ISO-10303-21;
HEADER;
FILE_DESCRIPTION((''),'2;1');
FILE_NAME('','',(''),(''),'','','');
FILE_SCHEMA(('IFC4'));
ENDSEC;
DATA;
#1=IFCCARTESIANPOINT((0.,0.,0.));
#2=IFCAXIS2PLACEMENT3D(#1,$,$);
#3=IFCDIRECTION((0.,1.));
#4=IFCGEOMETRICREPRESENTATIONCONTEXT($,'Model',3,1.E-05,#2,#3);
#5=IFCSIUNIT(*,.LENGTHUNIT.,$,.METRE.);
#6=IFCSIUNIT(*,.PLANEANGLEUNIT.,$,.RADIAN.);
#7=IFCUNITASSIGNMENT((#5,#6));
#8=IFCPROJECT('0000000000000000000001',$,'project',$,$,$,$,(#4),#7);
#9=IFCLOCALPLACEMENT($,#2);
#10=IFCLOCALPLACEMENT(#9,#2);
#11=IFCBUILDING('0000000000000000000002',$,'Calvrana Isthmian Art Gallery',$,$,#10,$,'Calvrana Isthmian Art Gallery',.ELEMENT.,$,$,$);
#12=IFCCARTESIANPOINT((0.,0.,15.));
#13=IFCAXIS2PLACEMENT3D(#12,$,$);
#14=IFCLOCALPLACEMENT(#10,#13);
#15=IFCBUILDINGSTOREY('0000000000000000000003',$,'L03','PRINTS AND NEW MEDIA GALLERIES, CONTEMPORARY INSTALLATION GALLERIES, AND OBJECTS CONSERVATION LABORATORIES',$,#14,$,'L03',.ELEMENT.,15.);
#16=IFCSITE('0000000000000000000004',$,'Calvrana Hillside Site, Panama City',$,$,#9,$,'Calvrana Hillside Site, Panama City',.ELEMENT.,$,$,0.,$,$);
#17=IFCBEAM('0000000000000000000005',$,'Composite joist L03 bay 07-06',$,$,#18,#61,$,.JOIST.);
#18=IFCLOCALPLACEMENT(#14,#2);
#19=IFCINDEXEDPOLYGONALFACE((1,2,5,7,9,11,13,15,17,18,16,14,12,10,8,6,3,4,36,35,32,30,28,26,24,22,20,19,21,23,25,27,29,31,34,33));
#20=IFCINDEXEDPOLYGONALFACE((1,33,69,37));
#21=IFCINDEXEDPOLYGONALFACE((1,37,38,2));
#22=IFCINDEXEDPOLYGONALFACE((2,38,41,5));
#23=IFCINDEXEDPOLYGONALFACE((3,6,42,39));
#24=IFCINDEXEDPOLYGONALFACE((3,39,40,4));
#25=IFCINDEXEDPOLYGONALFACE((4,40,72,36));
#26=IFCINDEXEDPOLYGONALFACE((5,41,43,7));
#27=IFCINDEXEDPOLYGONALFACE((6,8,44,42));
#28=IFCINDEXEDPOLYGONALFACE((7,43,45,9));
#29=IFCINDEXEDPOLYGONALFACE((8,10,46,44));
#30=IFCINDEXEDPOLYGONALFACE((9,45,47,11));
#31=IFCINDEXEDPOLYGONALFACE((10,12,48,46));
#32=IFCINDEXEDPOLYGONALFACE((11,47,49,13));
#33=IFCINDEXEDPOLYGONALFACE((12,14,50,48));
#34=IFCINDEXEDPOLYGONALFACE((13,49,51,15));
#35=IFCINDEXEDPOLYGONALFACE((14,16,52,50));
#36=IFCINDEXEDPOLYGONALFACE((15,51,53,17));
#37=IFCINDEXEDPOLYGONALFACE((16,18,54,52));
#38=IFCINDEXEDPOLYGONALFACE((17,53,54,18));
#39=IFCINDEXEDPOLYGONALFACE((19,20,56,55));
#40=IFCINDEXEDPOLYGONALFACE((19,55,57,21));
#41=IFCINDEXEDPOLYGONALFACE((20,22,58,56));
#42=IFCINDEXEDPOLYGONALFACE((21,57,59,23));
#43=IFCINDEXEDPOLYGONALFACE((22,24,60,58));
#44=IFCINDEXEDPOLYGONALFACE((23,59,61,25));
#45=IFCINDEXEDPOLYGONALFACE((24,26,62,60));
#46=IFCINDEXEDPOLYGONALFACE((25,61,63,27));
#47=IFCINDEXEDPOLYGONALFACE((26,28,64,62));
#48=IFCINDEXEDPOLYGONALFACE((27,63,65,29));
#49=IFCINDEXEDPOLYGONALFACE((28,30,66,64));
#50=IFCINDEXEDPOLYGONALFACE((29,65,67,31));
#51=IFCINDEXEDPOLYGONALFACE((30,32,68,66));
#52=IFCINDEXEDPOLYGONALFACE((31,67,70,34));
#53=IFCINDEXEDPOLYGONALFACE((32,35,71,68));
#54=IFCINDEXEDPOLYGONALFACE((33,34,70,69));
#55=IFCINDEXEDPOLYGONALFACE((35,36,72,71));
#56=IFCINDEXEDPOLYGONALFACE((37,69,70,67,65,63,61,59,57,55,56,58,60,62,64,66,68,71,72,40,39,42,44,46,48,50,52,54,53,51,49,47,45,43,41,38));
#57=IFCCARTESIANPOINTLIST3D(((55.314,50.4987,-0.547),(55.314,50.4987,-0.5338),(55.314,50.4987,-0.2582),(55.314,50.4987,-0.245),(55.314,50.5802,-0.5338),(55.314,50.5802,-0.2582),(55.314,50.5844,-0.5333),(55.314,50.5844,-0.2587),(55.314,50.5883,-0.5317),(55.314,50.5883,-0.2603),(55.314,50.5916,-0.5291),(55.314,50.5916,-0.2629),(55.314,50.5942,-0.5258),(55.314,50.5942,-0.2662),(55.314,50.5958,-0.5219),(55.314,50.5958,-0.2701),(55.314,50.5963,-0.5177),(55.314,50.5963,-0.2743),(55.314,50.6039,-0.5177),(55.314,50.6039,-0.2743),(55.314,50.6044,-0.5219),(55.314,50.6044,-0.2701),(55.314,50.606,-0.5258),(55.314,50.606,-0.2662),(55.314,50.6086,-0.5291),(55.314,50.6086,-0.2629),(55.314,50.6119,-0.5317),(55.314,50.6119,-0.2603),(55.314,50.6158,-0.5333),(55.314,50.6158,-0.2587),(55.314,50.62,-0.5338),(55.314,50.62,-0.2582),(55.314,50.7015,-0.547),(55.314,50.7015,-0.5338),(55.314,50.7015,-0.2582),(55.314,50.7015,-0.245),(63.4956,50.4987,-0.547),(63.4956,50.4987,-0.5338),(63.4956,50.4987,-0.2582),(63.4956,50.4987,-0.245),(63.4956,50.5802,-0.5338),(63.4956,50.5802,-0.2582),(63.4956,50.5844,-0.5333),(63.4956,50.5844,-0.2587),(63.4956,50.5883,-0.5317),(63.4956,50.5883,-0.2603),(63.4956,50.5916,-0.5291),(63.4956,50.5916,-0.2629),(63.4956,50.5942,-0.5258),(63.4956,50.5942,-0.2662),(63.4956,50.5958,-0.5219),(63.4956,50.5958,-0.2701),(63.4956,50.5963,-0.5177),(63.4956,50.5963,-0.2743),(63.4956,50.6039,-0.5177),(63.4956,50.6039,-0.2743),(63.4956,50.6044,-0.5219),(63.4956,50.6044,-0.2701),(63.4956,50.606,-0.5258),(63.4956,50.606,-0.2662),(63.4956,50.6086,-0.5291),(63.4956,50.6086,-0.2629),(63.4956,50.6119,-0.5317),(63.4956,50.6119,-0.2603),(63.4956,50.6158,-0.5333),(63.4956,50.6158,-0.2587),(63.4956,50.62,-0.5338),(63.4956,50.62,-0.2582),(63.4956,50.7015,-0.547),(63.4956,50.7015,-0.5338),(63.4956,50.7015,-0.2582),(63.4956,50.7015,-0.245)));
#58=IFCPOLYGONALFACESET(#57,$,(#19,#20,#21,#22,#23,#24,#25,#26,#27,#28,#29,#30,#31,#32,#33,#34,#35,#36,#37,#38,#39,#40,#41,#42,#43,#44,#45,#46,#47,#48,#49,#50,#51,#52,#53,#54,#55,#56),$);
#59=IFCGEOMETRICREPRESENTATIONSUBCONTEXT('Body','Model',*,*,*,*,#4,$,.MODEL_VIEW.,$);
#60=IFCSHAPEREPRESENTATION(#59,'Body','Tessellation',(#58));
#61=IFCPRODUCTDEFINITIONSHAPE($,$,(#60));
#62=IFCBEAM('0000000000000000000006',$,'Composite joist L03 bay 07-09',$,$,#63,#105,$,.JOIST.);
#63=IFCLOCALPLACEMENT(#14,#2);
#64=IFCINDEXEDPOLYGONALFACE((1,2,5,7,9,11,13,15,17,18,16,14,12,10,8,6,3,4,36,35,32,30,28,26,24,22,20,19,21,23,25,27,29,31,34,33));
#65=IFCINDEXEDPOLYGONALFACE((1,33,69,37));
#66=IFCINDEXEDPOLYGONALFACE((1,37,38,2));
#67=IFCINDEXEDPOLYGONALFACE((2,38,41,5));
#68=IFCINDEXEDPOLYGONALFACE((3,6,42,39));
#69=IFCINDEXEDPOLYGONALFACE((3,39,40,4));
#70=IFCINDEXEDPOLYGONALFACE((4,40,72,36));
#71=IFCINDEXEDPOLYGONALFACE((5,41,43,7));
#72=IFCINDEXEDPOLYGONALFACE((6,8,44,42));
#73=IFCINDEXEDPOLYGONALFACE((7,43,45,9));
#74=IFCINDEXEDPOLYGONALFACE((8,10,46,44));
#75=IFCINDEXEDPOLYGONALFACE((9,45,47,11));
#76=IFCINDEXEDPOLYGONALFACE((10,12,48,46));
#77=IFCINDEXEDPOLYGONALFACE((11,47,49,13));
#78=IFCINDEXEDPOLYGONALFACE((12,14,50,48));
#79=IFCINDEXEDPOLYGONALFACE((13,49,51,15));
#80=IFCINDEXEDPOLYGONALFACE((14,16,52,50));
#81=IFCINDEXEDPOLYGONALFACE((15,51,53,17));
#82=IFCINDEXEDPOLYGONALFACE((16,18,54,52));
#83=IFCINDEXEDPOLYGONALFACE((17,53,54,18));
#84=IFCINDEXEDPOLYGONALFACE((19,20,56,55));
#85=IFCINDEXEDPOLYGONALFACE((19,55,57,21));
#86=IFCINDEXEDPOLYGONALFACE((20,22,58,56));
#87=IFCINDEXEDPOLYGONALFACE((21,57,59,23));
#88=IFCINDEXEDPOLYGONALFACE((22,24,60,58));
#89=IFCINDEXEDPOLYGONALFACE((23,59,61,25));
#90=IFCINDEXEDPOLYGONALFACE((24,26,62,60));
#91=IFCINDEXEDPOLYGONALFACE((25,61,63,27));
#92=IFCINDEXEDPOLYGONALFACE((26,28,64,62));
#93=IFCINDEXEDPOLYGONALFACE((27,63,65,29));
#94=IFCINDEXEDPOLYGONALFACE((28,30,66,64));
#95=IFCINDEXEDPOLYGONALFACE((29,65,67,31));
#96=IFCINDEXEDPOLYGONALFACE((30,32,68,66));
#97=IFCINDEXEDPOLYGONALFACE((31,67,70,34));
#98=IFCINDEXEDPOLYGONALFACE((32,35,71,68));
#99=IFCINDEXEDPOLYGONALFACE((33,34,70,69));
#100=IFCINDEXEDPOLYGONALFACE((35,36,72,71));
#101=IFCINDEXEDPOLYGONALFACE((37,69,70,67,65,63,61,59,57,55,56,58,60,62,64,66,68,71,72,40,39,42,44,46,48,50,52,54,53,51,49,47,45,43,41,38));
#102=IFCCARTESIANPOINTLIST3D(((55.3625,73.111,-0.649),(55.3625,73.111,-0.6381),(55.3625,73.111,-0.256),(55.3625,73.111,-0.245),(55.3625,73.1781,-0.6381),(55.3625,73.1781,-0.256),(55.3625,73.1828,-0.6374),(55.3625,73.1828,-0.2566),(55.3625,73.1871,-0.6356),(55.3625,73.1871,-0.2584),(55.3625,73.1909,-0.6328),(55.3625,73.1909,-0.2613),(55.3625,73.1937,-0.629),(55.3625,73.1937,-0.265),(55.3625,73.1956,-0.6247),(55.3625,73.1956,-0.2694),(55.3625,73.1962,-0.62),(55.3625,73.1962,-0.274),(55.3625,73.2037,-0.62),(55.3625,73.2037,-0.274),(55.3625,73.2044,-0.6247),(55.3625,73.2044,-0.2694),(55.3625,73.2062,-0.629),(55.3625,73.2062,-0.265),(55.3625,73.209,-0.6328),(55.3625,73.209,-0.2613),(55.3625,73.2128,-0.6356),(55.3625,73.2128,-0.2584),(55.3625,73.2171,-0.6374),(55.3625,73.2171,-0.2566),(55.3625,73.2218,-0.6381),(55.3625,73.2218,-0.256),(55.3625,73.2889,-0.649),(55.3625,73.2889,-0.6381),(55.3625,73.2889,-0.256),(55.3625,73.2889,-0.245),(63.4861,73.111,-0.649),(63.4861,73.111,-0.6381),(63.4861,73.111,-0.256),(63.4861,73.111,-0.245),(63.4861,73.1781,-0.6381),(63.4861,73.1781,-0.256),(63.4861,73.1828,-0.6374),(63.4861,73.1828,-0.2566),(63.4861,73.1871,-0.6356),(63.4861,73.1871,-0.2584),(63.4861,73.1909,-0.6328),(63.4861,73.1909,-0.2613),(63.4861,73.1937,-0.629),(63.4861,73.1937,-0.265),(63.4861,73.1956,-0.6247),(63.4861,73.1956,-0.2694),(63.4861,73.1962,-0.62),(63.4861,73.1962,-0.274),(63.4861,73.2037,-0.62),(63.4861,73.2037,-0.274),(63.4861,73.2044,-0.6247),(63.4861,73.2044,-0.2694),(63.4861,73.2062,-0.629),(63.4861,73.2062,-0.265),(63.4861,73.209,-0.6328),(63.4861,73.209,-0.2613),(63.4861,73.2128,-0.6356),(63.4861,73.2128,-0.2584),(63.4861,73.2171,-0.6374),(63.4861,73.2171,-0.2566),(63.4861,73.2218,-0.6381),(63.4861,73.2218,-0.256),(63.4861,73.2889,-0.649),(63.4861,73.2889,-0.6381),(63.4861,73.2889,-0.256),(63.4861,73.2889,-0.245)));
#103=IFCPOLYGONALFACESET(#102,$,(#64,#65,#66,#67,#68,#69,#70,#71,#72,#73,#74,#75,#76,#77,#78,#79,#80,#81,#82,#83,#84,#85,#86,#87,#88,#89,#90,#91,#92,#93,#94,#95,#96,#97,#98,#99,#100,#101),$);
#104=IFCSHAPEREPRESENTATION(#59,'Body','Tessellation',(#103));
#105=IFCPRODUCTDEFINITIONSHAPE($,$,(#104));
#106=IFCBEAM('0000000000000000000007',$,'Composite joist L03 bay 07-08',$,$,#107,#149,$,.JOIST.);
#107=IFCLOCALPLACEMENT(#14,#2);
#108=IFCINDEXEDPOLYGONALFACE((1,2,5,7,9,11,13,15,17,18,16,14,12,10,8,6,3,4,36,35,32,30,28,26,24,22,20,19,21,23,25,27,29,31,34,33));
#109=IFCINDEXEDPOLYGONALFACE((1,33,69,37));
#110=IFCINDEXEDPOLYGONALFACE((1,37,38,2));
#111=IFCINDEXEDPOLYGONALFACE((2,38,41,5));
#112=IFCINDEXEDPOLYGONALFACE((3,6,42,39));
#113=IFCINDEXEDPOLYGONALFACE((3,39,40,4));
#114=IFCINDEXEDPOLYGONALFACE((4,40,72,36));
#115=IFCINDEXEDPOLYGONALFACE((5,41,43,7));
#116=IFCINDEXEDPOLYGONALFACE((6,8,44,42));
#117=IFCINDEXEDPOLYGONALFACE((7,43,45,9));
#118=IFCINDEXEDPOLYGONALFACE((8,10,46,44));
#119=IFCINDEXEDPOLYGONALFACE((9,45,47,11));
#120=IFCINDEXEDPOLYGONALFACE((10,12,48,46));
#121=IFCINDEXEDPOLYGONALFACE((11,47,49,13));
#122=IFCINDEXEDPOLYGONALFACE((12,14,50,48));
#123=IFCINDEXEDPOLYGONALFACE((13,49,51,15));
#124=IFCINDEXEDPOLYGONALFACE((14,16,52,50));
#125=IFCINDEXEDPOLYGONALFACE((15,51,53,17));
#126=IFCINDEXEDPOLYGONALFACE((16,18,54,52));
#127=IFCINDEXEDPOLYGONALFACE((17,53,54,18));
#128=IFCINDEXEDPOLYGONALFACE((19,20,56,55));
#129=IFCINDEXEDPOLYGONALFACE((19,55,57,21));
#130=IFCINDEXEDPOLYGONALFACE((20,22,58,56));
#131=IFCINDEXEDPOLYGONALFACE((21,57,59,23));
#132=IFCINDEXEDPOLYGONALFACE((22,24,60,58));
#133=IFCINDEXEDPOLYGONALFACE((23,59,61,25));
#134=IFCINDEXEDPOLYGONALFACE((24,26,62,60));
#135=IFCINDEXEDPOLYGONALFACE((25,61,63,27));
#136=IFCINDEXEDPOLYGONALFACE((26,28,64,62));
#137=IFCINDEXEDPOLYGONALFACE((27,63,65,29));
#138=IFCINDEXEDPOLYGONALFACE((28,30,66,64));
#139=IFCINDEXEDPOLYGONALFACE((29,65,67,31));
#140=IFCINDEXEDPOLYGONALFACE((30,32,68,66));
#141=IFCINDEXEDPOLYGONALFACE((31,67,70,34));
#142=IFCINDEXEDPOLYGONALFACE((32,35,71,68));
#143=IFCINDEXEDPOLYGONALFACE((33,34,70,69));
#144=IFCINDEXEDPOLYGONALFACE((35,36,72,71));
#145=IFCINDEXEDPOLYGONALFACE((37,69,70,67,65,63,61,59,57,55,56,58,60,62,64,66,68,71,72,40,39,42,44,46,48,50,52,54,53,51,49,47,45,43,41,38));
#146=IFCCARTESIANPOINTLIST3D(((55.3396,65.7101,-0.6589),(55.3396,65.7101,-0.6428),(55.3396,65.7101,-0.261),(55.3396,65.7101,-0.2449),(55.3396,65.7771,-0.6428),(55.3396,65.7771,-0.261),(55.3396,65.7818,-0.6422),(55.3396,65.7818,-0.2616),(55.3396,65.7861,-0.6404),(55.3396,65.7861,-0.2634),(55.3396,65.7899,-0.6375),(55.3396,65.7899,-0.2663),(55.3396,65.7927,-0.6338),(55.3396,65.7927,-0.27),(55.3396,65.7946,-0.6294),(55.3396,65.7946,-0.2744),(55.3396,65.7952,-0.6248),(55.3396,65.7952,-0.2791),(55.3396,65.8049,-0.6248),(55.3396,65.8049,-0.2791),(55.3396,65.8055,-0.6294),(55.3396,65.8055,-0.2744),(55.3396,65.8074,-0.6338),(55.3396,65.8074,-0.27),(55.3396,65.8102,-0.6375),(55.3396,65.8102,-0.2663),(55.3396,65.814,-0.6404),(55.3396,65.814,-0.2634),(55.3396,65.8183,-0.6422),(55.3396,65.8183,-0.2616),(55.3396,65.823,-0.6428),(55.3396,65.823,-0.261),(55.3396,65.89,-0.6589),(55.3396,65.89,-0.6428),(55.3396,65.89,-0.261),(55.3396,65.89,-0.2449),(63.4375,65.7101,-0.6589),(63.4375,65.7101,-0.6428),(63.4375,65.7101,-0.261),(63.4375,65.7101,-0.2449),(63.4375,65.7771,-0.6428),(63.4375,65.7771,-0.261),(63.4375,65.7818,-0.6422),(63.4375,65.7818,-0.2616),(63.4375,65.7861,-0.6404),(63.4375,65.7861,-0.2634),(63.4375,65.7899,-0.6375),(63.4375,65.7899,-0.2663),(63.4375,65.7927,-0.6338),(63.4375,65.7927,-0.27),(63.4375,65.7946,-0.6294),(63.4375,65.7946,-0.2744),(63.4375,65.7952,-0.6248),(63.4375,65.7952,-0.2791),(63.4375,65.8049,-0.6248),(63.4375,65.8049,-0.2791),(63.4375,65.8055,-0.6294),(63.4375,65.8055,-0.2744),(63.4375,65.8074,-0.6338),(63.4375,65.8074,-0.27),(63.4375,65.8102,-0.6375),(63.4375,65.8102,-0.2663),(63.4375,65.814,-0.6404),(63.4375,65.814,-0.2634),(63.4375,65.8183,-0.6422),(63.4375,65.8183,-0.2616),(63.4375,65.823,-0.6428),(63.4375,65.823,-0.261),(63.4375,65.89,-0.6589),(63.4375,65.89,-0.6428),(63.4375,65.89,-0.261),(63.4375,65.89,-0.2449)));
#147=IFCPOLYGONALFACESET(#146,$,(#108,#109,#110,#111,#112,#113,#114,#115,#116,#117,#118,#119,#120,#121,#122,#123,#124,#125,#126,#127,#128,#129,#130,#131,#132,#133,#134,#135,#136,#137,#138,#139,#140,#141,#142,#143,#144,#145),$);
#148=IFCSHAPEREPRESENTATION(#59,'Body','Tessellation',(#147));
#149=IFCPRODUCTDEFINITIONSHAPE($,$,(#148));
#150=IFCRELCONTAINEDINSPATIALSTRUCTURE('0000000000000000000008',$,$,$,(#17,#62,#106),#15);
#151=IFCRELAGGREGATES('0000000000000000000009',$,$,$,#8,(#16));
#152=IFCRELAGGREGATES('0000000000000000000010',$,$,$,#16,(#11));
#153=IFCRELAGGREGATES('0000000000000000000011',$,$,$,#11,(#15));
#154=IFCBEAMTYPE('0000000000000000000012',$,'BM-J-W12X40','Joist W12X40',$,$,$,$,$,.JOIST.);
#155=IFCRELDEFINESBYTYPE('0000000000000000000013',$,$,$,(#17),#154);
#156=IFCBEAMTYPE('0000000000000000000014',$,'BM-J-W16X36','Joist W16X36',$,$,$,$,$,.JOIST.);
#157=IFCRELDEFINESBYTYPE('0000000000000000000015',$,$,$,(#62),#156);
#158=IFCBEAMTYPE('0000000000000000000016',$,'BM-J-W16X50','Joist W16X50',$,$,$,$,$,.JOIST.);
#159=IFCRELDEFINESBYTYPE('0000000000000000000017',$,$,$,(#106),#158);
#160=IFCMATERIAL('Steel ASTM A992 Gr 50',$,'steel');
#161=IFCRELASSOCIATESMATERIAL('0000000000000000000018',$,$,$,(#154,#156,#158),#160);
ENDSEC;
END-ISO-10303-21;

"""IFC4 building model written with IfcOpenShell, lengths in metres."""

from ifc_helpers import new_model, si_unit, direction, frame, origin, origin_2d, place, context, subcontext, project, spatial, i_section, extrude, material, material_profile, profile_set, type_object, element, save


model = new_model("IFC4")

# Units and contexts
model_context = context("Model", 3, precision=1e-05, world=origin(), true_north=direction((0.0, 1.0)))
body_context = subcontext(model_context, "Body", "Model", "MODEL_VIEW")
ifc_project = project(units=[si_unit("LENGTHUNIT", "METRE"), si_unit("PLANEANGLEUNIT", "RADIAN")], contexts=[model_context])

# Site, building, storey
site_placement = place(None, origin())
site = spatial("IfcSite", under=ifc_project, at=site_placement, Name="Calvrana Hillside Site, Panama City", LongName="Calvrana Hillside Site, Panama City", CompositionType="ELEMENT", RefElevation=0.0)
building_placement = place(site_placement, origin())
building = spatial("IfcBuilding", under=site, at=building_placement, Name="Calvrana Isthmian Art Gallery", LongName="Calvrana Isthmian Art Gallery", CompositionType="ELEMENT")
storey_placement = place(building_placement, frame((0.0, 0.0, 15.0)))
storey = spatial("IfcBuildingStorey", under=building, at=storey_placement, Name="L03", Description="PRINTS AND NEW MEDIA GALLERIES, CONTEMPORARY INSTALLATION GALLERIES, AND OBJECTS CONSERVATION LABORATORIES", LongName="L03", CompositionType="ELEMENT", Elevation=15.0)

# Shared definitions
ifc_material_1 = material(Name="Steel ASTM A992 Gr 50", Category="steel")

# Beams
ifc_material_profile_1 = material_profile(ifc_material_1, i_section(OverallWidth=0.2029, OverallDepth=0.302, WebThickness=0.0076, FlangeThickness=0.0132, FilletRadius=0.0161, at=origin_2d()), Name="W12X40")
ifc_profile_set_1 = profile_set([ifc_material_profile_1], Name="Steel ASTM A992 Gr 50")
beam_type_1 = type_object("IfcBeamType", Name="BM-J-W12X40", Description="Joist W12X40", PredefinedType="JOIST", material=ifc_profile_set_1)
beam_1_placement = place(storey_placement, frame((55.314, 50.6001, -0.396), z_axis=(1.0, 0.0, 0.0), x_axis=(0.0, 1.0, 0.0)))
element("IfcBeam", 1, at=beam_1_placement, inside=storey, type_object=beam_type_1, Name="Composite joist L03 bay 07-06", PredefinedType="JOIST", context=body_context, shape_type="SweptSolid", body=[
    extrude(i_section(OverallWidth=0.2029, OverallDepth=0.302, WebThickness=0.0076, FlangeThickness=0.0132, FilletRadius=0.0161, at=origin_2d()), origin(), (0.0, 0.0, 1.0), 8.1816),
])
ifc_material_profile_2 = material_profile(ifc_material_1, i_section(OverallWidth=0.178, OverallDepth=0.4041, WebThickness=0.0076, FlangeThickness=0.011, FilletRadius=0.0181, at=origin_2d()), Name="W16X36")
ifc_profile_set_2 = profile_set([ifc_material_profile_2], Name="Steel ASTM A992 Gr 50")
beam_type_2 = type_object("IfcBeamType", Name="BM-J-W16X36", Description="Joist W16X36", PredefinedType="JOIST", material=ifc_profile_set_2)
beam_2_placement = place(storey_placement, frame((55.3625, 73.2, -0.447), z_axis=(1.0, 0.0, 0.0), x_axis=(0.0, 1.0, 0.0)))
element("IfcBeam", 2, at=beam_2_placement, inside=storey, type_object=beam_type_2, Name="Composite joist L03 bay 07-09", PredefinedType="JOIST", context=body_context, shape_type="SweptSolid", body=[
    extrude(i_section(OverallWidth=0.178, OverallDepth=0.4041, WebThickness=0.0076, FlangeThickness=0.011, FilletRadius=0.0181, at=origin_2d()), origin(), (0.0, 0.0, 1.0), 8.1235),
])
ifc_material_profile_3 = material_profile(ifc_material_1, i_section(OverallWidth=0.1799, OverallDepth=0.4141, WebThickness=0.0098, FlangeThickness=0.0161, FilletRadius=0.0181, at=origin_2d()), Name="W16X50")
ifc_profile_set_3 = profile_set([ifc_material_profile_3], Name="Steel ASTM A992 Gr 50")
beam_type_3 = type_object("IfcBeamType", Name="BM-J-W16X50", Description="Joist W16X50", PredefinedType="JOIST", material=ifc_profile_set_3)
beam_3_placement = place(storey_placement, frame((55.3396, 65.8, -0.4519), z_axis=(1.0, 0.0, 0.0), x_axis=(0.0, 1.0, 0.0)))
element("IfcBeam", 3, at=beam_3_placement, inside=storey, type_object=beam_type_3, Name="Composite joist L03 bay 07-08", PredefinedType="JOIST", context=body_context, shape_type="SweptSolid", body=[
    extrude(i_section(OverallWidth=0.1799, OverallDepth=0.4141, WebThickness=0.0098, FlangeThickness=0.0161, FilletRadius=0.0181, at=origin_2d()), origin(), (0.0, 0.0, 1.0), 8.0979),
])

save(model, "model.ifc")
